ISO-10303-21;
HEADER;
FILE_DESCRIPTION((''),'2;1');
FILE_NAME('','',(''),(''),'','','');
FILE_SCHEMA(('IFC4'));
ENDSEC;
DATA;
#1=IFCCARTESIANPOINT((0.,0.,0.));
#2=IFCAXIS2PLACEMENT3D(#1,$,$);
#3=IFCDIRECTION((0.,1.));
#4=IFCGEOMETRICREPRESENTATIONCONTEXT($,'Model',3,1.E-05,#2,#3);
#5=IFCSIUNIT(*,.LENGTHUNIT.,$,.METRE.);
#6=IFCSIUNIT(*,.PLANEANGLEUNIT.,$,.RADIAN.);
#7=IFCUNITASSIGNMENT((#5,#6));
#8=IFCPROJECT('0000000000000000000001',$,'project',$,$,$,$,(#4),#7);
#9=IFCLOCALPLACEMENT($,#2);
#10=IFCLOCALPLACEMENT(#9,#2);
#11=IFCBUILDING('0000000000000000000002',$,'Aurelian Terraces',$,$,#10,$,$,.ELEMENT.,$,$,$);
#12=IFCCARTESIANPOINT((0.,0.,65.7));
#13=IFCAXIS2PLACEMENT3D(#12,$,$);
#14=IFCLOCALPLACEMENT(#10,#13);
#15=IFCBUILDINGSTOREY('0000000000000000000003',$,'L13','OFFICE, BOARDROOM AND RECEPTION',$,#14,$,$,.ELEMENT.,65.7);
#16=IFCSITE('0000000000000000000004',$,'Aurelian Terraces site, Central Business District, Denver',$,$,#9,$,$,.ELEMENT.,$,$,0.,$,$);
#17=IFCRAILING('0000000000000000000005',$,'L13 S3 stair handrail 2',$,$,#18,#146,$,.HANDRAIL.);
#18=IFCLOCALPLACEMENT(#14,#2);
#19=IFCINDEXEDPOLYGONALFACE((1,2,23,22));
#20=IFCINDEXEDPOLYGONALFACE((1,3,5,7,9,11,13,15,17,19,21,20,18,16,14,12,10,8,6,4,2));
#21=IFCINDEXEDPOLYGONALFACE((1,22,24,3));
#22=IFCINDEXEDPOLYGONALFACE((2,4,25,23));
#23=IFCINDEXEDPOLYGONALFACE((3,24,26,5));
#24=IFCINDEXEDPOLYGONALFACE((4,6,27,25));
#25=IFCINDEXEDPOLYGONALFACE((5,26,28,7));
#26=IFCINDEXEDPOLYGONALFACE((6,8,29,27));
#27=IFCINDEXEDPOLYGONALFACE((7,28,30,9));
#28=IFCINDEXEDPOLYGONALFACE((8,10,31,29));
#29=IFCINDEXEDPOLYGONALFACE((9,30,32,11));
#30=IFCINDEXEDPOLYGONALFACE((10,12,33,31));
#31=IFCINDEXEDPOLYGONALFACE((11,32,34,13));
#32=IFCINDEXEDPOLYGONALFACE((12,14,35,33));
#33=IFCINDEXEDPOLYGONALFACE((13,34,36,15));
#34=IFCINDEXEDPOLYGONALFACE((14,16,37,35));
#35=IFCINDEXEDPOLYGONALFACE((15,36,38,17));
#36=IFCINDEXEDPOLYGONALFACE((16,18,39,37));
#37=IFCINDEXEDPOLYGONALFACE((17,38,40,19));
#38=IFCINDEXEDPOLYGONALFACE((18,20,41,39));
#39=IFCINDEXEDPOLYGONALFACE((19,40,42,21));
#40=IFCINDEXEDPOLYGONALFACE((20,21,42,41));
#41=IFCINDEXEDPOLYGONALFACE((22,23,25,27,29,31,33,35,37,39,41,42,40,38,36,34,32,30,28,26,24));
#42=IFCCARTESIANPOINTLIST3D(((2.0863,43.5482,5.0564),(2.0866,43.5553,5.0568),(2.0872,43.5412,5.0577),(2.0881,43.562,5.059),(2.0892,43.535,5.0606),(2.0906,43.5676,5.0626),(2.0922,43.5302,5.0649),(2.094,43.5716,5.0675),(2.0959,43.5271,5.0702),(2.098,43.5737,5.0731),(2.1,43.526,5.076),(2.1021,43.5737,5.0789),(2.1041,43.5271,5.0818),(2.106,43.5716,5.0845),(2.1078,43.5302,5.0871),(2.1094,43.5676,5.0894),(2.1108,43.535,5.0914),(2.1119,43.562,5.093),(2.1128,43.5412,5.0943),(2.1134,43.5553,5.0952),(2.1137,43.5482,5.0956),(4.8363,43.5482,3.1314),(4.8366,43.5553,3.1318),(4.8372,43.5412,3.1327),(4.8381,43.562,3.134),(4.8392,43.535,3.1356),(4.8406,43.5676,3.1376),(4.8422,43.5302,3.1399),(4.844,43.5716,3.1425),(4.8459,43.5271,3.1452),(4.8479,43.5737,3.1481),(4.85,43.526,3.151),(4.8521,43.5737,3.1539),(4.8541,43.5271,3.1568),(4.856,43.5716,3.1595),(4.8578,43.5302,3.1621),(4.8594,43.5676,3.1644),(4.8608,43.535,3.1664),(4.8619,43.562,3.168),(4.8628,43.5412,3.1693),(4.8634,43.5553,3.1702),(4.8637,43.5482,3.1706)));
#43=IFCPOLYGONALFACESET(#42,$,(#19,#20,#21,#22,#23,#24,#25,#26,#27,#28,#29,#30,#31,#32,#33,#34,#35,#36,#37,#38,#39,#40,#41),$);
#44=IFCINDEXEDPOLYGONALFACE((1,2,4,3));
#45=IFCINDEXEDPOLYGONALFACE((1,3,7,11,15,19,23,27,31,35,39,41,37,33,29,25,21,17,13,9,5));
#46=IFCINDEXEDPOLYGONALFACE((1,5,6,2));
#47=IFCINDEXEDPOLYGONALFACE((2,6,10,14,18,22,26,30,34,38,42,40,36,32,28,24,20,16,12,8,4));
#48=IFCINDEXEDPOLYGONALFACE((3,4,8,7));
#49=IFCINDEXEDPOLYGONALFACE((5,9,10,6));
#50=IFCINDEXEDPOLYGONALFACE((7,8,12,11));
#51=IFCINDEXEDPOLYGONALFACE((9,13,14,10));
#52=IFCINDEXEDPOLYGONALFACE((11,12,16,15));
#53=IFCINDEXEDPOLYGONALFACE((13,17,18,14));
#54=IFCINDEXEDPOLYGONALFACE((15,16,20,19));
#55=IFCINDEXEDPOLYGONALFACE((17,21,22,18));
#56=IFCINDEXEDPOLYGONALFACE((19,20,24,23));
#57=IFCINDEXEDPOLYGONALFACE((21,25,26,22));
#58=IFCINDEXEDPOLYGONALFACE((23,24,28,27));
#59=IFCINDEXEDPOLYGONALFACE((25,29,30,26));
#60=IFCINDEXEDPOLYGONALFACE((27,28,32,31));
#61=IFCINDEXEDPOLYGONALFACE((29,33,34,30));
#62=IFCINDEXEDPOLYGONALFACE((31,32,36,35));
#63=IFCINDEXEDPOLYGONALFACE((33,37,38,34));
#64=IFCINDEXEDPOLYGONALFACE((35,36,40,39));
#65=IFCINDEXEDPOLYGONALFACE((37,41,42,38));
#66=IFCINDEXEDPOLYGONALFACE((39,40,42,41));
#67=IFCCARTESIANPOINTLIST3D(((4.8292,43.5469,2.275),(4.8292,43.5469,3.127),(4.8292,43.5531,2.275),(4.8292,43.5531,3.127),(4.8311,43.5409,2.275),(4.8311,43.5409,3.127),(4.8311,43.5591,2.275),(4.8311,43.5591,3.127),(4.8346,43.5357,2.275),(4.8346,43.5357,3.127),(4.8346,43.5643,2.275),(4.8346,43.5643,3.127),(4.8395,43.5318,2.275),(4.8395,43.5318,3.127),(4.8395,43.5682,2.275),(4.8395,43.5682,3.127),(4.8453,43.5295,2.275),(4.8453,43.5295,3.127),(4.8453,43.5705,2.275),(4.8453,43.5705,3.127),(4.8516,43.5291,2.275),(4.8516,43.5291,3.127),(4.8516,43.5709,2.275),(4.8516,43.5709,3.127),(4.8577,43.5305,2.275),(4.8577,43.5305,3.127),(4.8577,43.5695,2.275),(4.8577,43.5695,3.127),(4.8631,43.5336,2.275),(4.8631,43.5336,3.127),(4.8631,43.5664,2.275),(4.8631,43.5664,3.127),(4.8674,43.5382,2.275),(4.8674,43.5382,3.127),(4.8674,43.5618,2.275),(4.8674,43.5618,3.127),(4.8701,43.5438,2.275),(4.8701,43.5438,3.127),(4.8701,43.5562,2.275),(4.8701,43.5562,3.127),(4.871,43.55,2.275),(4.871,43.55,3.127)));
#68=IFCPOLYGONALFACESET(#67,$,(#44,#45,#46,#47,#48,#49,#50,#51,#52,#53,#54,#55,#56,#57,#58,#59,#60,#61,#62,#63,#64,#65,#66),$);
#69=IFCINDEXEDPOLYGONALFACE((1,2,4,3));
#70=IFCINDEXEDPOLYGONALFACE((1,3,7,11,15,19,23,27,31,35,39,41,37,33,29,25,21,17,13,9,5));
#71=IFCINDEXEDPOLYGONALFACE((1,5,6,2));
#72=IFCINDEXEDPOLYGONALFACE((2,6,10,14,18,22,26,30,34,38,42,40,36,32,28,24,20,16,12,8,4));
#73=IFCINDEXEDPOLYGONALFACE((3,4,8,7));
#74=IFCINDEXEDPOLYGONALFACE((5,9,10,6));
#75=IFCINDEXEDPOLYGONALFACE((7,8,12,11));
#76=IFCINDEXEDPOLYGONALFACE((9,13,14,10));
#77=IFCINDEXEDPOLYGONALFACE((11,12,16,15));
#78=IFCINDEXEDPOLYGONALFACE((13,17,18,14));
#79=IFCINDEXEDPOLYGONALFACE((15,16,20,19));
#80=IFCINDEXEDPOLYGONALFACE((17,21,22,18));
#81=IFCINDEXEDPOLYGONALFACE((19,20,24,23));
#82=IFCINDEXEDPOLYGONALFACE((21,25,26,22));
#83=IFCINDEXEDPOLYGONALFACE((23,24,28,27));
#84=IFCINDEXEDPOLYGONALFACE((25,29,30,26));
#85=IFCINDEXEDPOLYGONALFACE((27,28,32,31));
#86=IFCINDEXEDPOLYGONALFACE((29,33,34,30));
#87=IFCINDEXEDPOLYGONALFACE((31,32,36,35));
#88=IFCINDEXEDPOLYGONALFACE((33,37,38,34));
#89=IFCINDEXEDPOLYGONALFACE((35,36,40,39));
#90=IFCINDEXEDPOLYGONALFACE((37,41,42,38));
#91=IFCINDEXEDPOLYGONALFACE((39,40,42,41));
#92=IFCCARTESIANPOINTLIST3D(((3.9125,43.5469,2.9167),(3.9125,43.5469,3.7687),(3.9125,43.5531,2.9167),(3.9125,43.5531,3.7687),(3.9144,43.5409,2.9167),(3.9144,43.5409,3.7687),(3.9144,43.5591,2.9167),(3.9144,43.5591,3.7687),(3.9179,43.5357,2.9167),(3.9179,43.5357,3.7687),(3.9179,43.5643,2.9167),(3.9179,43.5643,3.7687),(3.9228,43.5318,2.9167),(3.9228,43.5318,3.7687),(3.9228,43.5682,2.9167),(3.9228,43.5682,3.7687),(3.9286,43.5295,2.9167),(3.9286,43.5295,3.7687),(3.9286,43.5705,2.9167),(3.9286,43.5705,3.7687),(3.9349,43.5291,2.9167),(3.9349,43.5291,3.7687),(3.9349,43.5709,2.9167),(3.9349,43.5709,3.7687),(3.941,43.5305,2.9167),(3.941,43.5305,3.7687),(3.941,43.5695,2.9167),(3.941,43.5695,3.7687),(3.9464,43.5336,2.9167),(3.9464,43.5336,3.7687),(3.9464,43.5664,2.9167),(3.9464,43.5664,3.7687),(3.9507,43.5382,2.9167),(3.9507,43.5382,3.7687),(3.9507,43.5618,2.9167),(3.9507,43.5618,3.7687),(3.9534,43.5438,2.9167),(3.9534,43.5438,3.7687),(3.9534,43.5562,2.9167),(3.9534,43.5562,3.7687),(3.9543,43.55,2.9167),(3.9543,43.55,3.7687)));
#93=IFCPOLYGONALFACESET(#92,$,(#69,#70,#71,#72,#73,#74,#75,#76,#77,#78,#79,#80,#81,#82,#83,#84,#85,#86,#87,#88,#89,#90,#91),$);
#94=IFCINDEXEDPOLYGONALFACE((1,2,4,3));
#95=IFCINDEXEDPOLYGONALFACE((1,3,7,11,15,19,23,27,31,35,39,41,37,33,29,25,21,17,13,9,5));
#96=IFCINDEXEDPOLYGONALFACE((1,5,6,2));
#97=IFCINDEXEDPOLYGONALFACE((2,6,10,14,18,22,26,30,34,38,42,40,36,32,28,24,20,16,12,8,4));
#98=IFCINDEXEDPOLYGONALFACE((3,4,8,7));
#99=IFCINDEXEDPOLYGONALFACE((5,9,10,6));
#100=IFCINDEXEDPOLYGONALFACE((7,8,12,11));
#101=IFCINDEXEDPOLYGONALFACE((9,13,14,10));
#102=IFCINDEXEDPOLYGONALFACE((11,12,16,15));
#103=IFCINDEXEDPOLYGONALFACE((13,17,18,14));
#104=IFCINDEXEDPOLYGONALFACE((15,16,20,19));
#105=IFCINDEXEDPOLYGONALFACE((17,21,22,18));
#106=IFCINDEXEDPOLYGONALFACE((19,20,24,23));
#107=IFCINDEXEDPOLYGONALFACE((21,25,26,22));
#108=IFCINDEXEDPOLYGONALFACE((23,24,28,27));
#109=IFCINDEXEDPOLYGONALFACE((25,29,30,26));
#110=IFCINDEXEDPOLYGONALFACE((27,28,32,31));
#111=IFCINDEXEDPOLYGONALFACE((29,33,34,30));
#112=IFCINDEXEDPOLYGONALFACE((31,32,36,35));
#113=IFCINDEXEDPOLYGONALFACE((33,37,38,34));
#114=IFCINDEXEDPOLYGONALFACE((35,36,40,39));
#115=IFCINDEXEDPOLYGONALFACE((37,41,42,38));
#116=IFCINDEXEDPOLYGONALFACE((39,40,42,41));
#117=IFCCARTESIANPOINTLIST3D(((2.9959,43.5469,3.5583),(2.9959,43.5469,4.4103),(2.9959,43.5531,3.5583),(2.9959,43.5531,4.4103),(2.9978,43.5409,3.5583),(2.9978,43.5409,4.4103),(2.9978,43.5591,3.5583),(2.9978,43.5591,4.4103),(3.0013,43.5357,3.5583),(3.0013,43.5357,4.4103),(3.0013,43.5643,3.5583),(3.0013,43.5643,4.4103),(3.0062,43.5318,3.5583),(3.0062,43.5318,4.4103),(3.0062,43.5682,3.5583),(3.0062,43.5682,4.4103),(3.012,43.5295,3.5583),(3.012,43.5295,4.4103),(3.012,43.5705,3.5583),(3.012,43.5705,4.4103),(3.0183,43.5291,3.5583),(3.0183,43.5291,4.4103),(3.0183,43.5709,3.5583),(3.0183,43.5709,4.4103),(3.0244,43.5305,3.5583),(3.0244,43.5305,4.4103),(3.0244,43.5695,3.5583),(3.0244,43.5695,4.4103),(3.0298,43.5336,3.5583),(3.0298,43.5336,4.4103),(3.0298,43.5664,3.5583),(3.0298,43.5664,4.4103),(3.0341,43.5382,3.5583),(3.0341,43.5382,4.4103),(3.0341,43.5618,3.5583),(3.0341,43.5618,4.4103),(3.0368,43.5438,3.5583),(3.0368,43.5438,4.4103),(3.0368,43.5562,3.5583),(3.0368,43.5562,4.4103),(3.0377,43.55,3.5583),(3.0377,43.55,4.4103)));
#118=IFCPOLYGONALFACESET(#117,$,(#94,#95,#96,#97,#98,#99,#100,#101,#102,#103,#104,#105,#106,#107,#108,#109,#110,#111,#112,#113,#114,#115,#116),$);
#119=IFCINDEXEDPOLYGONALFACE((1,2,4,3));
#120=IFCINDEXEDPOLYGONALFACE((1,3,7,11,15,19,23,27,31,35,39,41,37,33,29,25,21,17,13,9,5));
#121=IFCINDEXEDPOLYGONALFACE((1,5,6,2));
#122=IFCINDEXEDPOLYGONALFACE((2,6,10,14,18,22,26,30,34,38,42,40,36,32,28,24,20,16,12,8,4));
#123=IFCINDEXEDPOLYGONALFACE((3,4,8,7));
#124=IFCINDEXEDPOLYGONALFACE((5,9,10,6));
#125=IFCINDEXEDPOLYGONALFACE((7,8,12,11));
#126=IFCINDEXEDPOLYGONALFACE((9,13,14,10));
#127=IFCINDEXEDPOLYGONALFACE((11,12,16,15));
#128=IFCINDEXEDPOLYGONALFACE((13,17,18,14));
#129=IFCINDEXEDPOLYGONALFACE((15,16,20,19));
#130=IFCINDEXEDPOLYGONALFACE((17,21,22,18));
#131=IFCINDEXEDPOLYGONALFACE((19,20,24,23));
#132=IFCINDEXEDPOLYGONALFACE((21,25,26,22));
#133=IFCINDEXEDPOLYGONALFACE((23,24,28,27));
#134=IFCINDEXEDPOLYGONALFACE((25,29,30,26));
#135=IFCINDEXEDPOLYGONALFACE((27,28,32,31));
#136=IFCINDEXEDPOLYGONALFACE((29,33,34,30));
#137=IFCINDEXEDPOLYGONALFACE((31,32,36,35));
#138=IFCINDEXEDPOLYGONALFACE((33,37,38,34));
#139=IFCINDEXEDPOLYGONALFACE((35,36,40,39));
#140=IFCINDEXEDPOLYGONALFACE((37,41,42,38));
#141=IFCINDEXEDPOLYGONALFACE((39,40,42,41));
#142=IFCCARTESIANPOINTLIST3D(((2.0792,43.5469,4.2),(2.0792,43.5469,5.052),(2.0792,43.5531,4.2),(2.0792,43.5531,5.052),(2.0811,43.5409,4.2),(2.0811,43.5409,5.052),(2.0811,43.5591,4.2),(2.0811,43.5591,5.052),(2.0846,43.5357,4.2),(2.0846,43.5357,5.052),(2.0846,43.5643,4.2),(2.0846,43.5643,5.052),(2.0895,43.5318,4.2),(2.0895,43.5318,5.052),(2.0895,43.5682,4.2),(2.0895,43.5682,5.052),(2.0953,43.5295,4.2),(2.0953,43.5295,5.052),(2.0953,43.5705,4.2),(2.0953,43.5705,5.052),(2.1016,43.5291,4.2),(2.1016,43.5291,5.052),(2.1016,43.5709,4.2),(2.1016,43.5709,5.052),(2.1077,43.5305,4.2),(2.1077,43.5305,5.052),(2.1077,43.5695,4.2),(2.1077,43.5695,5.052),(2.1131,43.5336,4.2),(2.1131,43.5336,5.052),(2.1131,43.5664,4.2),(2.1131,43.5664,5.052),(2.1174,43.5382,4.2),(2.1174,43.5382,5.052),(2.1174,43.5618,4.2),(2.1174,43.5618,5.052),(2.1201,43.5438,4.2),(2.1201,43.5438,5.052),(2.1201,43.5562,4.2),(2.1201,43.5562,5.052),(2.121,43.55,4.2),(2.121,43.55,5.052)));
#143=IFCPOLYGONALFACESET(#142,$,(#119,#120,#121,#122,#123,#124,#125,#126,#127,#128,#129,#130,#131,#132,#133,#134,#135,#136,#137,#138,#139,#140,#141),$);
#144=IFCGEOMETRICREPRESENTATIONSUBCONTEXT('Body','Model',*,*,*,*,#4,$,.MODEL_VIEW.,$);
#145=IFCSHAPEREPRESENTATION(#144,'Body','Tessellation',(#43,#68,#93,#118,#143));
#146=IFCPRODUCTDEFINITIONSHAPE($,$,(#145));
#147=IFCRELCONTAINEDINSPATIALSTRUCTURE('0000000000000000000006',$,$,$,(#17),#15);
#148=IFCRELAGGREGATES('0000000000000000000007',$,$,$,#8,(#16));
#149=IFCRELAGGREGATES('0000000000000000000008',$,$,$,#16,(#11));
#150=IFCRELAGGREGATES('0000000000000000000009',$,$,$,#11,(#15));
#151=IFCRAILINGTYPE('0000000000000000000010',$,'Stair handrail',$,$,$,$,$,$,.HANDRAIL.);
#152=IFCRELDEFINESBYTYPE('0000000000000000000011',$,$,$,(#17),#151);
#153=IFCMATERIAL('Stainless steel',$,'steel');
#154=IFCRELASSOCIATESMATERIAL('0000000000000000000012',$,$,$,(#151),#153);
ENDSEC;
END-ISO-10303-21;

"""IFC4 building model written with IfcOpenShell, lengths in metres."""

from ifc_helpers import new_model, si_unit, direction, frame, origin, origin_2d, place, context, subcontext, project, spatial, circle, extrude, source, transform, mapped, material, type_object, element, save


model = new_model("IFC4")

# Units and contexts
model_context = context("Model", 3, precision=1e-05, world=origin(), true_north=direction((0.0, 1.0)))
body_context = subcontext(model_context, "Body", "Model", "MODEL_VIEW")
ifc_project = project(units=[si_unit("LENGTHUNIT", "METRE"), si_unit("PLANEANGLEUNIT", "RADIAN")], contexts=[model_context])

# Site, building, storey
site_placement = place(None, origin())
site = spatial("IfcSite", under=ifc_project, at=site_placement, Name="Aurelian Terraces site, Central Business District, Denver", CompositionType="ELEMENT", RefElevation=0.0)
building_placement = place(site_placement, origin())
building = spatial("IfcBuilding", under=site, at=building_placement, Name="Aurelian Terraces", CompositionType="ELEMENT")
storey_placement = place(building_placement, frame((0.0, 0.0, 65.7)))
storey = spatial("IfcBuildingStorey", under=building, at=storey_placement, Name="L13", Description="OFFICE, BOARDROOM AND RECEPTION", CompositionType="ELEMENT", Elevation=65.7)

# Railing
ifc_material_1 = material(Name="Stainless steel", Category="steel")
railing_type_1 = type_object("IfcRailingType", Name="Stair handrail", PredefinedType="HANDRAIL", material=ifc_material_1)
shared_shape_1 = source(origin(), body_context, "Body", "SweptSolid", [
    extrude(circle(Radius=0.024, at=origin_2d()), frame((0.0, 0.0, 0.876), z_axis=(-0.819232, 0.0, 0.573462), x_axis=(0.0, -1.0, 0.0)), (0.0, 0.0, 1.0), 3.3568),
    extrude(circle(Radius=0.021, at=origin_2d()), origin(), (0.0, 0.0, 1.0), 0.852),
    extrude(circle(Radius=0.021, at=origin_2d()), frame((-0.9167, 0.0, 0.6417)), (0.0, 0.0, 1.0), 0.852),
    extrude(circle(Radius=0.021, at=origin_2d()), frame((-1.8333, 0.0, 1.2833)), (0.0, 0.0, 1.0), 0.852),
    extrude(circle(Radius=0.021, at=origin_2d()), frame((-2.75, 0.0, 1.925)), (0.0, 0.0, 1.0), 0.852),
])
railing_1_placement = place(storey_placement, frame((4.85, 43.55, 2.275)))
element("IfcRailing", 1, at=railing_1_placement, inside=storey, type_object=railing_type_1, Name="L13 S3 stair handrail 2", PredefinedType="HANDRAIL", context=body_context, shape_type="MappedRepresentation", body=[
    mapped(shared_shape_1, transform((0.0, 0.0, 0.0), scale=1.0)),
])

save(model, "model.ifc")
